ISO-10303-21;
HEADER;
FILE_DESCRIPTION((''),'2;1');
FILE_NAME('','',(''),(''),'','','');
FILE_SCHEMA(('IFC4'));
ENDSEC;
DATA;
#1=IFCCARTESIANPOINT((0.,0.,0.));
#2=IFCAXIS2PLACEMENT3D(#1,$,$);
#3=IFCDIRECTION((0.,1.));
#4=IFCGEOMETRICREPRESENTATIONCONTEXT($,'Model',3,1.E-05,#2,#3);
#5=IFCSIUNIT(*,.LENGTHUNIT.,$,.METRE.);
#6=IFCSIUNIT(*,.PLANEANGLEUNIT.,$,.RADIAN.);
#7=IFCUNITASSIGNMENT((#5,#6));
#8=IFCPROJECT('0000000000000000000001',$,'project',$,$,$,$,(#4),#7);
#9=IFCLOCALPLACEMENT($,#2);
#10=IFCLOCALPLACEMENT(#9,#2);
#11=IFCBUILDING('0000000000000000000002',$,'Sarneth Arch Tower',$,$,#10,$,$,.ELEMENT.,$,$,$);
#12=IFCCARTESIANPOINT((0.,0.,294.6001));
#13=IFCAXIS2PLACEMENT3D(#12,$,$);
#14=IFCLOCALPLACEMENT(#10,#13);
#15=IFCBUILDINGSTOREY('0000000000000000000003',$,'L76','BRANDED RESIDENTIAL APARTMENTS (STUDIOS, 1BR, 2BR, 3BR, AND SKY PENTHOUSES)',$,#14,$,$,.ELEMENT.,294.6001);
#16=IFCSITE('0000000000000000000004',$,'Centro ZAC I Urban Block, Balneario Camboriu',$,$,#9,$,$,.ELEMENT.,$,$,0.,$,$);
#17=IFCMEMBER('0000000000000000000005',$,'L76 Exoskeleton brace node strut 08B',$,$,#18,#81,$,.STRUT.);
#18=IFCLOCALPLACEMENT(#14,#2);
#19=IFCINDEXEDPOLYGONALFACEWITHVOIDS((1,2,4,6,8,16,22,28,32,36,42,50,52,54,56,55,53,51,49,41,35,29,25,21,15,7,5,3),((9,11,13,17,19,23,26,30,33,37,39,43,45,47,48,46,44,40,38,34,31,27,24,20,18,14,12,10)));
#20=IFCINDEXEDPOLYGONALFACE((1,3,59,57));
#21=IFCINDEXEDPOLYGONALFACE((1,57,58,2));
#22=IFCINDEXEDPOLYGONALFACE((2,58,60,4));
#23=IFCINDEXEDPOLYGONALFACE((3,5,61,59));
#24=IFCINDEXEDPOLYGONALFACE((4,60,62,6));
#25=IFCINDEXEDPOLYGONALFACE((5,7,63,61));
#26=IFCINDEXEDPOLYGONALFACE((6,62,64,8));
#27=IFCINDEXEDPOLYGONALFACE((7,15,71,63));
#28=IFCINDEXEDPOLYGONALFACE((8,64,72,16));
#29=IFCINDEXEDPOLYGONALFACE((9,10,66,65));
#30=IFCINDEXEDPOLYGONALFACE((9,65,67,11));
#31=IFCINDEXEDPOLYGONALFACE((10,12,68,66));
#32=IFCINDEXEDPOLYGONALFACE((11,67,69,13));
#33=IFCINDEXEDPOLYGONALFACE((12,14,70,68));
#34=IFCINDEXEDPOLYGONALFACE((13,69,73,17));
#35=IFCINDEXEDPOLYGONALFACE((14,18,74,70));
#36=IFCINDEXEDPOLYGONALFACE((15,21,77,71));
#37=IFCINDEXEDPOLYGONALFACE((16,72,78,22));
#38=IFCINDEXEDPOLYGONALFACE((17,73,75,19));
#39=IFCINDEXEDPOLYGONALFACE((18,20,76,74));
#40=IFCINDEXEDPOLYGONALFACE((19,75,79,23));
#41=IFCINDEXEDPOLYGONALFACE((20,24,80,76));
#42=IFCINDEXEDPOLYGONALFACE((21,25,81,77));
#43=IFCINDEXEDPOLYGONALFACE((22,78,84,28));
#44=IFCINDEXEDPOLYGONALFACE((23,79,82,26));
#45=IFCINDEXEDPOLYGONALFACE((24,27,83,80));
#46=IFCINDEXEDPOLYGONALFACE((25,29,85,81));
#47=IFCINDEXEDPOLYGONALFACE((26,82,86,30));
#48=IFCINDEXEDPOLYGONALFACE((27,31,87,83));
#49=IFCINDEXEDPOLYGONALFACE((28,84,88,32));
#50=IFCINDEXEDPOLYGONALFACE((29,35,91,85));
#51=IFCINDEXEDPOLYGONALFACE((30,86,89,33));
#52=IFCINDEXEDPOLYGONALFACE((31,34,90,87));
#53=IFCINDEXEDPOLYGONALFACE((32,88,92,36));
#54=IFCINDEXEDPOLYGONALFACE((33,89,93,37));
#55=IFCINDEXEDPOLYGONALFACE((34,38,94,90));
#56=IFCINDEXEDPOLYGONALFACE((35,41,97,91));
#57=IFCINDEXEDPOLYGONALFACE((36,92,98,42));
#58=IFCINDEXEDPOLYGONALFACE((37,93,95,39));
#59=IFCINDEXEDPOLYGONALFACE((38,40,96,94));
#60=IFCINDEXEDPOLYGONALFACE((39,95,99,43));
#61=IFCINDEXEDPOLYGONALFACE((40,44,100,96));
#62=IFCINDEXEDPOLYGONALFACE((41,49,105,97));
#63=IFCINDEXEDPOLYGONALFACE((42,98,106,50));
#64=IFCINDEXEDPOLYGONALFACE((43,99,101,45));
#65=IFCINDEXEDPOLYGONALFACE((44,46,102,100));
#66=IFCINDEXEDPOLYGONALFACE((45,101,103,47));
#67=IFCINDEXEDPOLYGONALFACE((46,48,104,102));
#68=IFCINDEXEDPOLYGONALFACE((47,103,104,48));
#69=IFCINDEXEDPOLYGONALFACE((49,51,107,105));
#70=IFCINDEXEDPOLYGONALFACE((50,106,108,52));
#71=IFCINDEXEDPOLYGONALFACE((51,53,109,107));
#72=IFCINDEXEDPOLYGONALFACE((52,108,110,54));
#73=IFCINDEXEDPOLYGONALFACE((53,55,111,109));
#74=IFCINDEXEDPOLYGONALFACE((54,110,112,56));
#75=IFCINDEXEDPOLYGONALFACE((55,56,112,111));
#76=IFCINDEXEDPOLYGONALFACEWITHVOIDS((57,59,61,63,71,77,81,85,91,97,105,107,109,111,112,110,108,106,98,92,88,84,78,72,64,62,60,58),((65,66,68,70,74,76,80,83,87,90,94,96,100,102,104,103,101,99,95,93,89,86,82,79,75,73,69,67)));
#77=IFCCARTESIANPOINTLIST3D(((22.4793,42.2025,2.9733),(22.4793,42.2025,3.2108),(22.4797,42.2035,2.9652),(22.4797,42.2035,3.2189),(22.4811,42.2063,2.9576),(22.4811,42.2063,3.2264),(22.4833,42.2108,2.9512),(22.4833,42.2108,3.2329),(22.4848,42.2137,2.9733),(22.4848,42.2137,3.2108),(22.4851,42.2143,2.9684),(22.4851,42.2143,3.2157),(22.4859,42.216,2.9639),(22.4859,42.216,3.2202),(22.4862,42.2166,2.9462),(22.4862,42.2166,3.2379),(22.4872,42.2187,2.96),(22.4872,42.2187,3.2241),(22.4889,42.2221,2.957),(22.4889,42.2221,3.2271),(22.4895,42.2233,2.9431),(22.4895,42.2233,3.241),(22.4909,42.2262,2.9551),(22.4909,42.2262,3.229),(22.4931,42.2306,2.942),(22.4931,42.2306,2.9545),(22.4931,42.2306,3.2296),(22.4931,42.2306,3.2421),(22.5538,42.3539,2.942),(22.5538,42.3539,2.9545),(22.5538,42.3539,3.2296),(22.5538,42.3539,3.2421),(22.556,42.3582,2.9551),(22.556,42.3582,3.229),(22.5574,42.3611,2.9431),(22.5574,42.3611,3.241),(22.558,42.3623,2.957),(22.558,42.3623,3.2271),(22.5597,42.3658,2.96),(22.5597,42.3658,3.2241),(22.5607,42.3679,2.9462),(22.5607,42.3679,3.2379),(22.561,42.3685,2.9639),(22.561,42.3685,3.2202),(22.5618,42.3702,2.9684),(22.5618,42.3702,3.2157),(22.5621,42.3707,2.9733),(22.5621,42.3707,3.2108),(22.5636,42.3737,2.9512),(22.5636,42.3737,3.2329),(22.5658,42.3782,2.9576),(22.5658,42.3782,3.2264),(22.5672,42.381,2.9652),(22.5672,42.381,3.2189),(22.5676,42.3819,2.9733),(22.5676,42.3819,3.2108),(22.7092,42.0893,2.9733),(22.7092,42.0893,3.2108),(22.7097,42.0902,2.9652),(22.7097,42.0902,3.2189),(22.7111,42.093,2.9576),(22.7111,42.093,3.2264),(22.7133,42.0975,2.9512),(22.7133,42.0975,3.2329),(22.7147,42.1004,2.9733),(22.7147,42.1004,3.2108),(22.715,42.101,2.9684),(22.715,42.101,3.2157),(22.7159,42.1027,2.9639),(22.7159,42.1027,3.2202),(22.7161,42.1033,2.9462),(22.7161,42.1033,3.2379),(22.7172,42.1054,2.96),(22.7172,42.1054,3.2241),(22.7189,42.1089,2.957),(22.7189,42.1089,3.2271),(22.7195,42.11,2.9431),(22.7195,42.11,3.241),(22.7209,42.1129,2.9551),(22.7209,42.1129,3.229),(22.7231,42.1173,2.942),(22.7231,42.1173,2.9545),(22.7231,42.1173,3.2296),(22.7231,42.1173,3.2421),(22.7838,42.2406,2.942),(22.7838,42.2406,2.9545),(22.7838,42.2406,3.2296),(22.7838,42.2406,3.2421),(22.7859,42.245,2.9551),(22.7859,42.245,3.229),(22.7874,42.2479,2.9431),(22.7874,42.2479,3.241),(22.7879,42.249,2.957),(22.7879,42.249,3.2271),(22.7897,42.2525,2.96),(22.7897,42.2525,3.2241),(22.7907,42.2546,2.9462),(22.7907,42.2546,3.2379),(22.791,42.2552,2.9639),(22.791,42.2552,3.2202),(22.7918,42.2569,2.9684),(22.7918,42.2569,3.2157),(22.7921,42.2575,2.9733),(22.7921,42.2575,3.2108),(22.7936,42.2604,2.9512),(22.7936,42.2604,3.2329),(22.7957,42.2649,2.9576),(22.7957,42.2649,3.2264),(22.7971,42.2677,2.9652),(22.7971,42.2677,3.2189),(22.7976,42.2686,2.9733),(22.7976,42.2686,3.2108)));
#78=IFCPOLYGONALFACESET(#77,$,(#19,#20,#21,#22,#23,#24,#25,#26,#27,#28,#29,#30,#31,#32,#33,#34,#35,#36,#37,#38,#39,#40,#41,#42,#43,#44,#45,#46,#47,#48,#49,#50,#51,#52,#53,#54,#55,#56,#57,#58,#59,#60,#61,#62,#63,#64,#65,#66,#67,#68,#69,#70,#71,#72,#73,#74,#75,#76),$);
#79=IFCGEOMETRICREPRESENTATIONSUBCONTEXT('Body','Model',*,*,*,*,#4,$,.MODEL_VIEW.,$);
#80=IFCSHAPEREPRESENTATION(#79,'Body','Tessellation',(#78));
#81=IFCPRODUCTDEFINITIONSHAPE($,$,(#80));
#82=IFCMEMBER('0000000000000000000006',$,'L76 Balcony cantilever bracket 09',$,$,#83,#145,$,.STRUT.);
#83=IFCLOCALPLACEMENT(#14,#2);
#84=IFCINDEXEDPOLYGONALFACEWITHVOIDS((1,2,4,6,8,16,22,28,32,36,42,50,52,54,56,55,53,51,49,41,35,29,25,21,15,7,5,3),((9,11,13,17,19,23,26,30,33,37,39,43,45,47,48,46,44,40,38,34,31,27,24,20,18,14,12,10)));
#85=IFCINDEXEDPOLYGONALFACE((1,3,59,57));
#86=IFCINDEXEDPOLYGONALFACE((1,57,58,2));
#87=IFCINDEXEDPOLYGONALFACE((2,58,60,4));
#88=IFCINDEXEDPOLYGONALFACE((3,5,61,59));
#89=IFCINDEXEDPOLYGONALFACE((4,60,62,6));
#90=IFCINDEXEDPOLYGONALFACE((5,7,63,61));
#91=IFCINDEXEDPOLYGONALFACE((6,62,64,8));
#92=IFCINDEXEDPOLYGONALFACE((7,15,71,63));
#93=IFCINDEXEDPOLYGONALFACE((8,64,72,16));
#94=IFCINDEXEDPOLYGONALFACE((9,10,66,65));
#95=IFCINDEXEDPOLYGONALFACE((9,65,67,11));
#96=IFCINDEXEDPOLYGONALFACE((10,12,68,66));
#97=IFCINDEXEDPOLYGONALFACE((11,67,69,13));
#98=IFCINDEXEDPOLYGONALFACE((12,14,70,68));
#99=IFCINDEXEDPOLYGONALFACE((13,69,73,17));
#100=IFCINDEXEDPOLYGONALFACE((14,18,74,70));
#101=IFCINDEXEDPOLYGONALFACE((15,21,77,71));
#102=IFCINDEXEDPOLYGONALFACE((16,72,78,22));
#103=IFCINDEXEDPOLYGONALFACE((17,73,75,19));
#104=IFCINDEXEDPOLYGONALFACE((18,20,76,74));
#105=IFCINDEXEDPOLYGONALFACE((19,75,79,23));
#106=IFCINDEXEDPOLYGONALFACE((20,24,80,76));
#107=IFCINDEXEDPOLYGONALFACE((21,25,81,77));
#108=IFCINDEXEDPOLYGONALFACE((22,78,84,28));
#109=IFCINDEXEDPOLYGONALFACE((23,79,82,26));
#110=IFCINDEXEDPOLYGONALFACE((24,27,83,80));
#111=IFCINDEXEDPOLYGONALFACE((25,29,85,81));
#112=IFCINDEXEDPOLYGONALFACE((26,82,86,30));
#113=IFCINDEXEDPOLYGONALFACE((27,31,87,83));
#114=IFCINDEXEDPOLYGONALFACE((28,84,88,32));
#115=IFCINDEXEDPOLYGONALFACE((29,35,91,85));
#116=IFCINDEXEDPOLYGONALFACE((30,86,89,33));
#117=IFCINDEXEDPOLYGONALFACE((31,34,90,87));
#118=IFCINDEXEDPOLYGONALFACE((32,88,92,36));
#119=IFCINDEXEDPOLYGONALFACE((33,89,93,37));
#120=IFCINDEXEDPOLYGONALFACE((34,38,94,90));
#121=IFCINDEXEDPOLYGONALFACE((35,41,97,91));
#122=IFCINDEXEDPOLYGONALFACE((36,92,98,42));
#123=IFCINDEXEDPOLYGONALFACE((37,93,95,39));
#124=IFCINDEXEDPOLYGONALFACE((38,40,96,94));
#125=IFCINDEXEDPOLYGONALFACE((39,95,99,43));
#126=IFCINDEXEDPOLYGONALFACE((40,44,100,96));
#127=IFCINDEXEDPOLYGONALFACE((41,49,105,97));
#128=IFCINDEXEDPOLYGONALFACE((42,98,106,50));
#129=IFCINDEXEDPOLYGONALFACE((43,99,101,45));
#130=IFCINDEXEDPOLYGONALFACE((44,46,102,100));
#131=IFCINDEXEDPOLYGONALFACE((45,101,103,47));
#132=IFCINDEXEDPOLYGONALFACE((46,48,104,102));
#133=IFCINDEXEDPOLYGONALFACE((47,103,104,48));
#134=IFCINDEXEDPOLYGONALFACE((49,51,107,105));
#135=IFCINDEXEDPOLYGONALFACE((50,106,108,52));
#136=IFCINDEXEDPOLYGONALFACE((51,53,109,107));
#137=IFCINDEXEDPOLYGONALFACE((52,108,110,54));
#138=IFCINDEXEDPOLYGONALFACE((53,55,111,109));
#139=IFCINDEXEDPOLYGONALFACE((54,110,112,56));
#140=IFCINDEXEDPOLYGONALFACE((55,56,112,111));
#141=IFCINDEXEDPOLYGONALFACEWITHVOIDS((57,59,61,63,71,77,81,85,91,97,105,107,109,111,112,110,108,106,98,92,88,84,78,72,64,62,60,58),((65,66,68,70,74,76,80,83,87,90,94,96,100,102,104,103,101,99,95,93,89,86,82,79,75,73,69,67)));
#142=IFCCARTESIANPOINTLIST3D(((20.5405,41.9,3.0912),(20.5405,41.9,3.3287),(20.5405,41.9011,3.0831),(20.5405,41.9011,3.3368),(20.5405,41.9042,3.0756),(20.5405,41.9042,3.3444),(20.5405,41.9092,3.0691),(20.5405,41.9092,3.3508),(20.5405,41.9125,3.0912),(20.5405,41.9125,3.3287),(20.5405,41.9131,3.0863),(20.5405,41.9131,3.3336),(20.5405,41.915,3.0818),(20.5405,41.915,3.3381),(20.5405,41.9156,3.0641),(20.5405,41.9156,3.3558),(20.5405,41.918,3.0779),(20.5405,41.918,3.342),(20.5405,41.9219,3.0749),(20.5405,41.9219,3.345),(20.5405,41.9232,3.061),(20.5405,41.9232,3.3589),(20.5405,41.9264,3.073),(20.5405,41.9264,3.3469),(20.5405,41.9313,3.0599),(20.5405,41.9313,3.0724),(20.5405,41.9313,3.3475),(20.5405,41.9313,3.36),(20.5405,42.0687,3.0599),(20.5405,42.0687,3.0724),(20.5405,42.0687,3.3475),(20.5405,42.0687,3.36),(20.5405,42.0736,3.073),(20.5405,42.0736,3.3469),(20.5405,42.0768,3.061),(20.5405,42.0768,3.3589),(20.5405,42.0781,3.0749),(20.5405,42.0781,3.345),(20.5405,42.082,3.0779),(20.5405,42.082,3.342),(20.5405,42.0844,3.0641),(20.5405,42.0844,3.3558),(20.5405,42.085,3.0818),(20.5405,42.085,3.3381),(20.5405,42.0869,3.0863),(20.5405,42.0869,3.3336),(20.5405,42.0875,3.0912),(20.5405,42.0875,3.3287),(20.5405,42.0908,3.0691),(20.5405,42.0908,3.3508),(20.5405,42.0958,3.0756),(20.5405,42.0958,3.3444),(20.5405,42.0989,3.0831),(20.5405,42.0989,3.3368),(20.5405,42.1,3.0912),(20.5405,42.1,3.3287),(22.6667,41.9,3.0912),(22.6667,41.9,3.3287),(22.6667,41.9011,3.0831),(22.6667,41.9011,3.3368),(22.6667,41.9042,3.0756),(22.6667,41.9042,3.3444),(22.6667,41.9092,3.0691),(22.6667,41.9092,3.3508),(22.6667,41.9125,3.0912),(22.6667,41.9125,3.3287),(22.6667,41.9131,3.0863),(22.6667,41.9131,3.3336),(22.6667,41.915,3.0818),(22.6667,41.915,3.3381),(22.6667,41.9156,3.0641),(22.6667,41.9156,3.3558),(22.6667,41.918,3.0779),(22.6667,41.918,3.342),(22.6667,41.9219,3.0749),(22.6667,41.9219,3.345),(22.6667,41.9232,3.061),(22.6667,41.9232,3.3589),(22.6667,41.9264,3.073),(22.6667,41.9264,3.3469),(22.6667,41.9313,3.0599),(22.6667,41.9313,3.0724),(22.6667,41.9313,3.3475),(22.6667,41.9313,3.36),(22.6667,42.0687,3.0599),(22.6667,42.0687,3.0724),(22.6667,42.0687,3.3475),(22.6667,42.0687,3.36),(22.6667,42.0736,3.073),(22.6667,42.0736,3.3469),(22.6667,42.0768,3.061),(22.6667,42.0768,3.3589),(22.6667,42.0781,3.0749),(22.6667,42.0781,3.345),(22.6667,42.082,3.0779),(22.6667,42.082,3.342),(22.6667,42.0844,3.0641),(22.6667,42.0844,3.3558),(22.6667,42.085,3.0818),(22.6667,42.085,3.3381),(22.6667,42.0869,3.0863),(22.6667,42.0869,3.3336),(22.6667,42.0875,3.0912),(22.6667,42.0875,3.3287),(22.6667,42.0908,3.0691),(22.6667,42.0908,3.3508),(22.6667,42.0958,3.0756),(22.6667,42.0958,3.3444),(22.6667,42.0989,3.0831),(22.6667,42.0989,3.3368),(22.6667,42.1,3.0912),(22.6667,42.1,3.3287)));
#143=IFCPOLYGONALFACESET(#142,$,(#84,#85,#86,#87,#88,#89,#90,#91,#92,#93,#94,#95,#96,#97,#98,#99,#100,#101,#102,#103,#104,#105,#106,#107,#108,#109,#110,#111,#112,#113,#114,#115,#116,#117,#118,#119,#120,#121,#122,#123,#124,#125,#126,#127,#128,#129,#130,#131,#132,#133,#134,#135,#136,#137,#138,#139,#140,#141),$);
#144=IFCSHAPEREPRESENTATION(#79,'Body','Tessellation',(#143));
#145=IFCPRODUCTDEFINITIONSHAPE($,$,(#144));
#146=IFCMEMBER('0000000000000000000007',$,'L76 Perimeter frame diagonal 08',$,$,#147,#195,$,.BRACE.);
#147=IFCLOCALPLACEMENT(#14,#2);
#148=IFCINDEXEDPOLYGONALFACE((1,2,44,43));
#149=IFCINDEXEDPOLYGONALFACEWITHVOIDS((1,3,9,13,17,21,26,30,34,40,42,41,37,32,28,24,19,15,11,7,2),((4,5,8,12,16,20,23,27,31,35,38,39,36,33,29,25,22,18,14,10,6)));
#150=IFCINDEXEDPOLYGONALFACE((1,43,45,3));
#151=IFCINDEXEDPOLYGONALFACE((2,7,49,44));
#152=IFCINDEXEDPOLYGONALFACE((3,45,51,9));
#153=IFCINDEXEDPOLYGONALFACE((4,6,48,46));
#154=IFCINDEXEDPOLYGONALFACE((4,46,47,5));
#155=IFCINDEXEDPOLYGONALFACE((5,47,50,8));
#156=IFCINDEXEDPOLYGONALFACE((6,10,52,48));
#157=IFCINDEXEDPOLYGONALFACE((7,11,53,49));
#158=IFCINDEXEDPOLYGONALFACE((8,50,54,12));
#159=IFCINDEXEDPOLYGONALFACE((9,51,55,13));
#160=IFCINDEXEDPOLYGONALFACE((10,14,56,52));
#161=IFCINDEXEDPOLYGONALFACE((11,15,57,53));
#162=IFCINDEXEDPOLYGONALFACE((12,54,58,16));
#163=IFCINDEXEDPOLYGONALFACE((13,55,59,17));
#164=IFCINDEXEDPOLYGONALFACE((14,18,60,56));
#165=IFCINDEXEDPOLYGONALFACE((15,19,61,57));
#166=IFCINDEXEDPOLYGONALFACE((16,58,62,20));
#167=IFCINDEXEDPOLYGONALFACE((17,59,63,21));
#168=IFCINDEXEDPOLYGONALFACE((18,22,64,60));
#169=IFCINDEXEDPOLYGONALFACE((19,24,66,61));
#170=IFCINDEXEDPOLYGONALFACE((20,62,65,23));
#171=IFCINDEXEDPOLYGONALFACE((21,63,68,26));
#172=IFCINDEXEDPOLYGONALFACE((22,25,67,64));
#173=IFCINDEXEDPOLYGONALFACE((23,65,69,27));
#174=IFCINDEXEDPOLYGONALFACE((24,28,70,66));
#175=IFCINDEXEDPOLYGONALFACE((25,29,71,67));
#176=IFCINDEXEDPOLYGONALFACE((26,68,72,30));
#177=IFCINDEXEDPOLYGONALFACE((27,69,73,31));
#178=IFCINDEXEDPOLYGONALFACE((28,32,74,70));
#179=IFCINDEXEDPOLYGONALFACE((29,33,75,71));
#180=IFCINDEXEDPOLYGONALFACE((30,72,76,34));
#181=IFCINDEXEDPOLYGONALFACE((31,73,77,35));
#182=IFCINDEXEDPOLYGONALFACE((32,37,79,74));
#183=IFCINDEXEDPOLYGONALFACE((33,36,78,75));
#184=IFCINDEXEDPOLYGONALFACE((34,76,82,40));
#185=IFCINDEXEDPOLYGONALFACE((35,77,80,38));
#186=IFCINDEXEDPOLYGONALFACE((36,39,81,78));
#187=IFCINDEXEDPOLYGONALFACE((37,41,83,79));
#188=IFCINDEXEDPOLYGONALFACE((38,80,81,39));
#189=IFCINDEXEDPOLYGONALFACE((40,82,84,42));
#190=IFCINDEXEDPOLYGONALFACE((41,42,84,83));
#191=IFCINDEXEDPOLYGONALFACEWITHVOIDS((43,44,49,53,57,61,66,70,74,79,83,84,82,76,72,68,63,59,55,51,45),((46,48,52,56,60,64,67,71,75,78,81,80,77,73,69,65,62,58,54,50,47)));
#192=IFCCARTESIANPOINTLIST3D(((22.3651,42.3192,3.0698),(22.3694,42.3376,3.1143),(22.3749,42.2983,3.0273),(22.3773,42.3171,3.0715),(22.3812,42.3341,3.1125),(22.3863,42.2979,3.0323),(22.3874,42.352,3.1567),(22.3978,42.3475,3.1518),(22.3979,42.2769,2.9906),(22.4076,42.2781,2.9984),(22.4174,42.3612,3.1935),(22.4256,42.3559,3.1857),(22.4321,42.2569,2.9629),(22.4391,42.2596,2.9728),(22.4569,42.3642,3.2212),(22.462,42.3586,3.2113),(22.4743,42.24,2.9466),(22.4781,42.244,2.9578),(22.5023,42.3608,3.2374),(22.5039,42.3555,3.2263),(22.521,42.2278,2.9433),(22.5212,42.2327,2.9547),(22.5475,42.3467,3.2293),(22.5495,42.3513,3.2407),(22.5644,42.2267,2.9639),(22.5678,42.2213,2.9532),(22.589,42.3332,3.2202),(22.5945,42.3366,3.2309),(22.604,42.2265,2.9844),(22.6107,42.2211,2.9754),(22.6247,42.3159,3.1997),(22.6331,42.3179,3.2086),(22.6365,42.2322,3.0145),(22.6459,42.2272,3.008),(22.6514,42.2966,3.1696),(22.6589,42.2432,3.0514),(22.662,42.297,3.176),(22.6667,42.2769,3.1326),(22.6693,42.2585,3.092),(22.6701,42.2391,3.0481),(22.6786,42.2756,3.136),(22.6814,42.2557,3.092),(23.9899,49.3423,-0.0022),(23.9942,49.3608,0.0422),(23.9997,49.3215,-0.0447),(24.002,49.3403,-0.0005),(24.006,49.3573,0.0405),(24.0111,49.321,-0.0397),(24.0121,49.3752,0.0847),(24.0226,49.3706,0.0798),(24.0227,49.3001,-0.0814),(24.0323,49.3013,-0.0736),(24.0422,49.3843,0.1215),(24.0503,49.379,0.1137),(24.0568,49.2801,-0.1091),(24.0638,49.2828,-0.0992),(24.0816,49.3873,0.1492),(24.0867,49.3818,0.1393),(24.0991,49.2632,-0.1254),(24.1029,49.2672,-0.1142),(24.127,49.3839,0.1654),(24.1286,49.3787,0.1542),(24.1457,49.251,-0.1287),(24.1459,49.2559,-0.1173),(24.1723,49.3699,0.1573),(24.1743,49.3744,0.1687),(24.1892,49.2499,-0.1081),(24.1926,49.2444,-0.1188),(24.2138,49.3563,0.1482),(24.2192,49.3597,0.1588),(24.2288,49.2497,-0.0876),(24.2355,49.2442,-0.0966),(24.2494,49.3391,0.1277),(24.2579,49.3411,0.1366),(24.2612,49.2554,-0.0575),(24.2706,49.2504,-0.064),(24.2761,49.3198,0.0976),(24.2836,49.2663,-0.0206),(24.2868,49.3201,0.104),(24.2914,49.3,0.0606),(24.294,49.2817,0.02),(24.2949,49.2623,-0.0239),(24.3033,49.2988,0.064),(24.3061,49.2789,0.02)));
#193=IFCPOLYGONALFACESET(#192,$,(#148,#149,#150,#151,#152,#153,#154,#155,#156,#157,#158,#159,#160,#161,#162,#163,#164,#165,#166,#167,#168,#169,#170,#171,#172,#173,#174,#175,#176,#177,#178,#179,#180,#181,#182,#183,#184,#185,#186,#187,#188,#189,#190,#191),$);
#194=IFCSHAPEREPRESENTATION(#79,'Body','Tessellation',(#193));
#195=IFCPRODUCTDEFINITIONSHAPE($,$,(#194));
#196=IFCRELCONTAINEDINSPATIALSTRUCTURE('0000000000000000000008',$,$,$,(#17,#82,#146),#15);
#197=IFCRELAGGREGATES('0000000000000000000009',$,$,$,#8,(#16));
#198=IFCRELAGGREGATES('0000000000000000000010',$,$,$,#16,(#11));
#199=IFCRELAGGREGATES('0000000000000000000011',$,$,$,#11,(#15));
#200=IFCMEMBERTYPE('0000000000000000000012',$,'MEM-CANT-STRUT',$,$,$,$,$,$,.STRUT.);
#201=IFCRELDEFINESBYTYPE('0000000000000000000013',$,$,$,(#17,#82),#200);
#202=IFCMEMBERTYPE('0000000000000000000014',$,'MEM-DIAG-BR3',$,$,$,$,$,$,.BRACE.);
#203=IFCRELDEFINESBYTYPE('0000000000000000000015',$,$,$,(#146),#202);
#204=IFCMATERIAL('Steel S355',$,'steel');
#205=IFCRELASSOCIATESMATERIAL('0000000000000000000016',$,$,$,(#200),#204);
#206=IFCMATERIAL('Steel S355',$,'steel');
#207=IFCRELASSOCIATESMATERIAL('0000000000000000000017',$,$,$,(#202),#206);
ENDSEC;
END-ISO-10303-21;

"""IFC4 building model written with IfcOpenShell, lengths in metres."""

from ifc_helpers import new_model, si_unit, direction, frame, origin, origin_2d, place, context, subcontext, project, spatial, hollow_rectangle, hollow_circle, extrude, material, material_profile, profile_set, type_object, element, save


model = new_model("IFC4")

# Units and contexts
model_context = context("Model", 3, precision=1e-05, world=origin(), true_north=direction((0.0, 1.0)))
body_context = subcontext(model_context, "Body", "Model", "MODEL_VIEW")
ifc_project = project(units=[si_unit("LENGTHUNIT", "METRE"), si_unit("PLANEANGLEUNIT", "RADIAN")], contexts=[model_context])

# Site, building, storey
site_placement = place(None, origin())
site = spatial("IfcSite", under=ifc_project, at=site_placement, Name="Centro ZAC I Urban Block, Balneario Camboriu", CompositionType="ELEMENT", RefElevation=0.0)
building_placement = place(site_placement, origin())
building = spatial("IfcBuilding", under=site, at=building_placement, Name="Sarneth Arch Tower", CompositionType="ELEMENT")
storey_placement = place(building_placement, frame((0.0, 0.0, 294.6001)))
storey = spatial("IfcBuildingStorey", under=building, at=storey_placement, Name="L76", Description="BRANDED RESIDENTIAL APARTMENTS (STUDIOS, 1BR, 2BR, 3BR, AND SKY PENTHOUSES)", CompositionType="ELEMENT", Elevation=294.6001)

# Members
ifc_material_1 = material(Name="Steel S355", Category="steel")
ifc_material_profile_1 = material_profile(ifc_material_1, hollow_rectangle(XDim=0.2, YDim=0.3, WallThickness=0.0125, InnerFilletRadius=0.0188, OuterFilletRadius=0.0312, at=origin_2d()), Name="RHS300x200x12.5")
ifc_profile_set_1 = profile_set([ifc_material_profile_1], Name="Steel S355")
member_type_1 = type_object("IfcMemberType", Name="MEM-CANT-STRUT", PredefinedType="STRUT", material=ifc_profile_set_1)
member_1_placement = place(storey_placement, frame((22.7534, 42.179, 3.092), z_axis=(-0.897078, 0.441873, 0.0), x_axis=(-0.441873, -0.897078, 0.0)))
element("IfcMember", 1, at=member_1_placement, inside=storey, type_object=member_type_1, Name="L76 Exoskeleton brace node strut 08B", PredefinedType="STRUT", context=body_context, shape_type="SweptSolid", body=[
    extrude(hollow_rectangle(XDim=0.2, YDim=0.3, WallThickness=0.0125, InnerFilletRadius=0.0188, OuterFilletRadius=0.0312, at=origin_2d()), origin(), (0.0, 0.0, 1.0), 0.2563),
])
member_2_placement = place(storey_placement, frame((22.6667, 42.0, 3.21), z_axis=(-1.0, 0.0, 0.0), x_axis=(0.0, -1.0, 0.0)))
element("IfcMember", 2, at=member_2_placement, inside=storey, type_object=member_type_1, Name="L76 Balcony cantilever bracket 09", PredefinedType="STRUT", context=body_context, shape_type="SweptSolid", body=[
    extrude(hollow_rectangle(XDim=0.2, YDim=0.3, WallThickness=0.0125, InnerFilletRadius=0.0188, OuterFilletRadius=0.0312, at=origin_2d()), origin(), (0.0, 0.0, 1.0), 2.1262),
])
ifc_material_2 = material(Name="Steel S355", Category="steel")
ifc_material_profile_2 = material_profile(ifc_material_2, hollow_circle(Radius=0.1621, WallThickness=0.0125, at=origin_2d()), Name="CHS324x12.5")
ifc_profile_set_2 = profile_set([ifc_material_profile_2], Name="Steel S355")
member_type_2 = type_object("IfcMemberType", Name="MEM-DIAG-BR3", PredefinedType="BRACE", material=ifc_profile_set_2)
member_3_placement = place(storey_placement, frame((24.1482, 49.3154, 0.02), z_axis=(-0.207346, -0.896276, 0.392041), x_axis=(0.974269, -0.225389, 0.0)))
element("IfcMember", 3, at=member_3_placement, inside=storey, type_object=member_type_2, Name="L76 Perimeter frame diagonal 08", PredefinedType="BRACE", context=body_context, shape_type="SweptSolid", body=[
    extrude(hollow_circle(Radius=0.1621, WallThickness=0.0125, at=origin_2d()), origin(), (0.0, 0.0, 1.0), 7.8359),
])

save(model, "model.ifc")
